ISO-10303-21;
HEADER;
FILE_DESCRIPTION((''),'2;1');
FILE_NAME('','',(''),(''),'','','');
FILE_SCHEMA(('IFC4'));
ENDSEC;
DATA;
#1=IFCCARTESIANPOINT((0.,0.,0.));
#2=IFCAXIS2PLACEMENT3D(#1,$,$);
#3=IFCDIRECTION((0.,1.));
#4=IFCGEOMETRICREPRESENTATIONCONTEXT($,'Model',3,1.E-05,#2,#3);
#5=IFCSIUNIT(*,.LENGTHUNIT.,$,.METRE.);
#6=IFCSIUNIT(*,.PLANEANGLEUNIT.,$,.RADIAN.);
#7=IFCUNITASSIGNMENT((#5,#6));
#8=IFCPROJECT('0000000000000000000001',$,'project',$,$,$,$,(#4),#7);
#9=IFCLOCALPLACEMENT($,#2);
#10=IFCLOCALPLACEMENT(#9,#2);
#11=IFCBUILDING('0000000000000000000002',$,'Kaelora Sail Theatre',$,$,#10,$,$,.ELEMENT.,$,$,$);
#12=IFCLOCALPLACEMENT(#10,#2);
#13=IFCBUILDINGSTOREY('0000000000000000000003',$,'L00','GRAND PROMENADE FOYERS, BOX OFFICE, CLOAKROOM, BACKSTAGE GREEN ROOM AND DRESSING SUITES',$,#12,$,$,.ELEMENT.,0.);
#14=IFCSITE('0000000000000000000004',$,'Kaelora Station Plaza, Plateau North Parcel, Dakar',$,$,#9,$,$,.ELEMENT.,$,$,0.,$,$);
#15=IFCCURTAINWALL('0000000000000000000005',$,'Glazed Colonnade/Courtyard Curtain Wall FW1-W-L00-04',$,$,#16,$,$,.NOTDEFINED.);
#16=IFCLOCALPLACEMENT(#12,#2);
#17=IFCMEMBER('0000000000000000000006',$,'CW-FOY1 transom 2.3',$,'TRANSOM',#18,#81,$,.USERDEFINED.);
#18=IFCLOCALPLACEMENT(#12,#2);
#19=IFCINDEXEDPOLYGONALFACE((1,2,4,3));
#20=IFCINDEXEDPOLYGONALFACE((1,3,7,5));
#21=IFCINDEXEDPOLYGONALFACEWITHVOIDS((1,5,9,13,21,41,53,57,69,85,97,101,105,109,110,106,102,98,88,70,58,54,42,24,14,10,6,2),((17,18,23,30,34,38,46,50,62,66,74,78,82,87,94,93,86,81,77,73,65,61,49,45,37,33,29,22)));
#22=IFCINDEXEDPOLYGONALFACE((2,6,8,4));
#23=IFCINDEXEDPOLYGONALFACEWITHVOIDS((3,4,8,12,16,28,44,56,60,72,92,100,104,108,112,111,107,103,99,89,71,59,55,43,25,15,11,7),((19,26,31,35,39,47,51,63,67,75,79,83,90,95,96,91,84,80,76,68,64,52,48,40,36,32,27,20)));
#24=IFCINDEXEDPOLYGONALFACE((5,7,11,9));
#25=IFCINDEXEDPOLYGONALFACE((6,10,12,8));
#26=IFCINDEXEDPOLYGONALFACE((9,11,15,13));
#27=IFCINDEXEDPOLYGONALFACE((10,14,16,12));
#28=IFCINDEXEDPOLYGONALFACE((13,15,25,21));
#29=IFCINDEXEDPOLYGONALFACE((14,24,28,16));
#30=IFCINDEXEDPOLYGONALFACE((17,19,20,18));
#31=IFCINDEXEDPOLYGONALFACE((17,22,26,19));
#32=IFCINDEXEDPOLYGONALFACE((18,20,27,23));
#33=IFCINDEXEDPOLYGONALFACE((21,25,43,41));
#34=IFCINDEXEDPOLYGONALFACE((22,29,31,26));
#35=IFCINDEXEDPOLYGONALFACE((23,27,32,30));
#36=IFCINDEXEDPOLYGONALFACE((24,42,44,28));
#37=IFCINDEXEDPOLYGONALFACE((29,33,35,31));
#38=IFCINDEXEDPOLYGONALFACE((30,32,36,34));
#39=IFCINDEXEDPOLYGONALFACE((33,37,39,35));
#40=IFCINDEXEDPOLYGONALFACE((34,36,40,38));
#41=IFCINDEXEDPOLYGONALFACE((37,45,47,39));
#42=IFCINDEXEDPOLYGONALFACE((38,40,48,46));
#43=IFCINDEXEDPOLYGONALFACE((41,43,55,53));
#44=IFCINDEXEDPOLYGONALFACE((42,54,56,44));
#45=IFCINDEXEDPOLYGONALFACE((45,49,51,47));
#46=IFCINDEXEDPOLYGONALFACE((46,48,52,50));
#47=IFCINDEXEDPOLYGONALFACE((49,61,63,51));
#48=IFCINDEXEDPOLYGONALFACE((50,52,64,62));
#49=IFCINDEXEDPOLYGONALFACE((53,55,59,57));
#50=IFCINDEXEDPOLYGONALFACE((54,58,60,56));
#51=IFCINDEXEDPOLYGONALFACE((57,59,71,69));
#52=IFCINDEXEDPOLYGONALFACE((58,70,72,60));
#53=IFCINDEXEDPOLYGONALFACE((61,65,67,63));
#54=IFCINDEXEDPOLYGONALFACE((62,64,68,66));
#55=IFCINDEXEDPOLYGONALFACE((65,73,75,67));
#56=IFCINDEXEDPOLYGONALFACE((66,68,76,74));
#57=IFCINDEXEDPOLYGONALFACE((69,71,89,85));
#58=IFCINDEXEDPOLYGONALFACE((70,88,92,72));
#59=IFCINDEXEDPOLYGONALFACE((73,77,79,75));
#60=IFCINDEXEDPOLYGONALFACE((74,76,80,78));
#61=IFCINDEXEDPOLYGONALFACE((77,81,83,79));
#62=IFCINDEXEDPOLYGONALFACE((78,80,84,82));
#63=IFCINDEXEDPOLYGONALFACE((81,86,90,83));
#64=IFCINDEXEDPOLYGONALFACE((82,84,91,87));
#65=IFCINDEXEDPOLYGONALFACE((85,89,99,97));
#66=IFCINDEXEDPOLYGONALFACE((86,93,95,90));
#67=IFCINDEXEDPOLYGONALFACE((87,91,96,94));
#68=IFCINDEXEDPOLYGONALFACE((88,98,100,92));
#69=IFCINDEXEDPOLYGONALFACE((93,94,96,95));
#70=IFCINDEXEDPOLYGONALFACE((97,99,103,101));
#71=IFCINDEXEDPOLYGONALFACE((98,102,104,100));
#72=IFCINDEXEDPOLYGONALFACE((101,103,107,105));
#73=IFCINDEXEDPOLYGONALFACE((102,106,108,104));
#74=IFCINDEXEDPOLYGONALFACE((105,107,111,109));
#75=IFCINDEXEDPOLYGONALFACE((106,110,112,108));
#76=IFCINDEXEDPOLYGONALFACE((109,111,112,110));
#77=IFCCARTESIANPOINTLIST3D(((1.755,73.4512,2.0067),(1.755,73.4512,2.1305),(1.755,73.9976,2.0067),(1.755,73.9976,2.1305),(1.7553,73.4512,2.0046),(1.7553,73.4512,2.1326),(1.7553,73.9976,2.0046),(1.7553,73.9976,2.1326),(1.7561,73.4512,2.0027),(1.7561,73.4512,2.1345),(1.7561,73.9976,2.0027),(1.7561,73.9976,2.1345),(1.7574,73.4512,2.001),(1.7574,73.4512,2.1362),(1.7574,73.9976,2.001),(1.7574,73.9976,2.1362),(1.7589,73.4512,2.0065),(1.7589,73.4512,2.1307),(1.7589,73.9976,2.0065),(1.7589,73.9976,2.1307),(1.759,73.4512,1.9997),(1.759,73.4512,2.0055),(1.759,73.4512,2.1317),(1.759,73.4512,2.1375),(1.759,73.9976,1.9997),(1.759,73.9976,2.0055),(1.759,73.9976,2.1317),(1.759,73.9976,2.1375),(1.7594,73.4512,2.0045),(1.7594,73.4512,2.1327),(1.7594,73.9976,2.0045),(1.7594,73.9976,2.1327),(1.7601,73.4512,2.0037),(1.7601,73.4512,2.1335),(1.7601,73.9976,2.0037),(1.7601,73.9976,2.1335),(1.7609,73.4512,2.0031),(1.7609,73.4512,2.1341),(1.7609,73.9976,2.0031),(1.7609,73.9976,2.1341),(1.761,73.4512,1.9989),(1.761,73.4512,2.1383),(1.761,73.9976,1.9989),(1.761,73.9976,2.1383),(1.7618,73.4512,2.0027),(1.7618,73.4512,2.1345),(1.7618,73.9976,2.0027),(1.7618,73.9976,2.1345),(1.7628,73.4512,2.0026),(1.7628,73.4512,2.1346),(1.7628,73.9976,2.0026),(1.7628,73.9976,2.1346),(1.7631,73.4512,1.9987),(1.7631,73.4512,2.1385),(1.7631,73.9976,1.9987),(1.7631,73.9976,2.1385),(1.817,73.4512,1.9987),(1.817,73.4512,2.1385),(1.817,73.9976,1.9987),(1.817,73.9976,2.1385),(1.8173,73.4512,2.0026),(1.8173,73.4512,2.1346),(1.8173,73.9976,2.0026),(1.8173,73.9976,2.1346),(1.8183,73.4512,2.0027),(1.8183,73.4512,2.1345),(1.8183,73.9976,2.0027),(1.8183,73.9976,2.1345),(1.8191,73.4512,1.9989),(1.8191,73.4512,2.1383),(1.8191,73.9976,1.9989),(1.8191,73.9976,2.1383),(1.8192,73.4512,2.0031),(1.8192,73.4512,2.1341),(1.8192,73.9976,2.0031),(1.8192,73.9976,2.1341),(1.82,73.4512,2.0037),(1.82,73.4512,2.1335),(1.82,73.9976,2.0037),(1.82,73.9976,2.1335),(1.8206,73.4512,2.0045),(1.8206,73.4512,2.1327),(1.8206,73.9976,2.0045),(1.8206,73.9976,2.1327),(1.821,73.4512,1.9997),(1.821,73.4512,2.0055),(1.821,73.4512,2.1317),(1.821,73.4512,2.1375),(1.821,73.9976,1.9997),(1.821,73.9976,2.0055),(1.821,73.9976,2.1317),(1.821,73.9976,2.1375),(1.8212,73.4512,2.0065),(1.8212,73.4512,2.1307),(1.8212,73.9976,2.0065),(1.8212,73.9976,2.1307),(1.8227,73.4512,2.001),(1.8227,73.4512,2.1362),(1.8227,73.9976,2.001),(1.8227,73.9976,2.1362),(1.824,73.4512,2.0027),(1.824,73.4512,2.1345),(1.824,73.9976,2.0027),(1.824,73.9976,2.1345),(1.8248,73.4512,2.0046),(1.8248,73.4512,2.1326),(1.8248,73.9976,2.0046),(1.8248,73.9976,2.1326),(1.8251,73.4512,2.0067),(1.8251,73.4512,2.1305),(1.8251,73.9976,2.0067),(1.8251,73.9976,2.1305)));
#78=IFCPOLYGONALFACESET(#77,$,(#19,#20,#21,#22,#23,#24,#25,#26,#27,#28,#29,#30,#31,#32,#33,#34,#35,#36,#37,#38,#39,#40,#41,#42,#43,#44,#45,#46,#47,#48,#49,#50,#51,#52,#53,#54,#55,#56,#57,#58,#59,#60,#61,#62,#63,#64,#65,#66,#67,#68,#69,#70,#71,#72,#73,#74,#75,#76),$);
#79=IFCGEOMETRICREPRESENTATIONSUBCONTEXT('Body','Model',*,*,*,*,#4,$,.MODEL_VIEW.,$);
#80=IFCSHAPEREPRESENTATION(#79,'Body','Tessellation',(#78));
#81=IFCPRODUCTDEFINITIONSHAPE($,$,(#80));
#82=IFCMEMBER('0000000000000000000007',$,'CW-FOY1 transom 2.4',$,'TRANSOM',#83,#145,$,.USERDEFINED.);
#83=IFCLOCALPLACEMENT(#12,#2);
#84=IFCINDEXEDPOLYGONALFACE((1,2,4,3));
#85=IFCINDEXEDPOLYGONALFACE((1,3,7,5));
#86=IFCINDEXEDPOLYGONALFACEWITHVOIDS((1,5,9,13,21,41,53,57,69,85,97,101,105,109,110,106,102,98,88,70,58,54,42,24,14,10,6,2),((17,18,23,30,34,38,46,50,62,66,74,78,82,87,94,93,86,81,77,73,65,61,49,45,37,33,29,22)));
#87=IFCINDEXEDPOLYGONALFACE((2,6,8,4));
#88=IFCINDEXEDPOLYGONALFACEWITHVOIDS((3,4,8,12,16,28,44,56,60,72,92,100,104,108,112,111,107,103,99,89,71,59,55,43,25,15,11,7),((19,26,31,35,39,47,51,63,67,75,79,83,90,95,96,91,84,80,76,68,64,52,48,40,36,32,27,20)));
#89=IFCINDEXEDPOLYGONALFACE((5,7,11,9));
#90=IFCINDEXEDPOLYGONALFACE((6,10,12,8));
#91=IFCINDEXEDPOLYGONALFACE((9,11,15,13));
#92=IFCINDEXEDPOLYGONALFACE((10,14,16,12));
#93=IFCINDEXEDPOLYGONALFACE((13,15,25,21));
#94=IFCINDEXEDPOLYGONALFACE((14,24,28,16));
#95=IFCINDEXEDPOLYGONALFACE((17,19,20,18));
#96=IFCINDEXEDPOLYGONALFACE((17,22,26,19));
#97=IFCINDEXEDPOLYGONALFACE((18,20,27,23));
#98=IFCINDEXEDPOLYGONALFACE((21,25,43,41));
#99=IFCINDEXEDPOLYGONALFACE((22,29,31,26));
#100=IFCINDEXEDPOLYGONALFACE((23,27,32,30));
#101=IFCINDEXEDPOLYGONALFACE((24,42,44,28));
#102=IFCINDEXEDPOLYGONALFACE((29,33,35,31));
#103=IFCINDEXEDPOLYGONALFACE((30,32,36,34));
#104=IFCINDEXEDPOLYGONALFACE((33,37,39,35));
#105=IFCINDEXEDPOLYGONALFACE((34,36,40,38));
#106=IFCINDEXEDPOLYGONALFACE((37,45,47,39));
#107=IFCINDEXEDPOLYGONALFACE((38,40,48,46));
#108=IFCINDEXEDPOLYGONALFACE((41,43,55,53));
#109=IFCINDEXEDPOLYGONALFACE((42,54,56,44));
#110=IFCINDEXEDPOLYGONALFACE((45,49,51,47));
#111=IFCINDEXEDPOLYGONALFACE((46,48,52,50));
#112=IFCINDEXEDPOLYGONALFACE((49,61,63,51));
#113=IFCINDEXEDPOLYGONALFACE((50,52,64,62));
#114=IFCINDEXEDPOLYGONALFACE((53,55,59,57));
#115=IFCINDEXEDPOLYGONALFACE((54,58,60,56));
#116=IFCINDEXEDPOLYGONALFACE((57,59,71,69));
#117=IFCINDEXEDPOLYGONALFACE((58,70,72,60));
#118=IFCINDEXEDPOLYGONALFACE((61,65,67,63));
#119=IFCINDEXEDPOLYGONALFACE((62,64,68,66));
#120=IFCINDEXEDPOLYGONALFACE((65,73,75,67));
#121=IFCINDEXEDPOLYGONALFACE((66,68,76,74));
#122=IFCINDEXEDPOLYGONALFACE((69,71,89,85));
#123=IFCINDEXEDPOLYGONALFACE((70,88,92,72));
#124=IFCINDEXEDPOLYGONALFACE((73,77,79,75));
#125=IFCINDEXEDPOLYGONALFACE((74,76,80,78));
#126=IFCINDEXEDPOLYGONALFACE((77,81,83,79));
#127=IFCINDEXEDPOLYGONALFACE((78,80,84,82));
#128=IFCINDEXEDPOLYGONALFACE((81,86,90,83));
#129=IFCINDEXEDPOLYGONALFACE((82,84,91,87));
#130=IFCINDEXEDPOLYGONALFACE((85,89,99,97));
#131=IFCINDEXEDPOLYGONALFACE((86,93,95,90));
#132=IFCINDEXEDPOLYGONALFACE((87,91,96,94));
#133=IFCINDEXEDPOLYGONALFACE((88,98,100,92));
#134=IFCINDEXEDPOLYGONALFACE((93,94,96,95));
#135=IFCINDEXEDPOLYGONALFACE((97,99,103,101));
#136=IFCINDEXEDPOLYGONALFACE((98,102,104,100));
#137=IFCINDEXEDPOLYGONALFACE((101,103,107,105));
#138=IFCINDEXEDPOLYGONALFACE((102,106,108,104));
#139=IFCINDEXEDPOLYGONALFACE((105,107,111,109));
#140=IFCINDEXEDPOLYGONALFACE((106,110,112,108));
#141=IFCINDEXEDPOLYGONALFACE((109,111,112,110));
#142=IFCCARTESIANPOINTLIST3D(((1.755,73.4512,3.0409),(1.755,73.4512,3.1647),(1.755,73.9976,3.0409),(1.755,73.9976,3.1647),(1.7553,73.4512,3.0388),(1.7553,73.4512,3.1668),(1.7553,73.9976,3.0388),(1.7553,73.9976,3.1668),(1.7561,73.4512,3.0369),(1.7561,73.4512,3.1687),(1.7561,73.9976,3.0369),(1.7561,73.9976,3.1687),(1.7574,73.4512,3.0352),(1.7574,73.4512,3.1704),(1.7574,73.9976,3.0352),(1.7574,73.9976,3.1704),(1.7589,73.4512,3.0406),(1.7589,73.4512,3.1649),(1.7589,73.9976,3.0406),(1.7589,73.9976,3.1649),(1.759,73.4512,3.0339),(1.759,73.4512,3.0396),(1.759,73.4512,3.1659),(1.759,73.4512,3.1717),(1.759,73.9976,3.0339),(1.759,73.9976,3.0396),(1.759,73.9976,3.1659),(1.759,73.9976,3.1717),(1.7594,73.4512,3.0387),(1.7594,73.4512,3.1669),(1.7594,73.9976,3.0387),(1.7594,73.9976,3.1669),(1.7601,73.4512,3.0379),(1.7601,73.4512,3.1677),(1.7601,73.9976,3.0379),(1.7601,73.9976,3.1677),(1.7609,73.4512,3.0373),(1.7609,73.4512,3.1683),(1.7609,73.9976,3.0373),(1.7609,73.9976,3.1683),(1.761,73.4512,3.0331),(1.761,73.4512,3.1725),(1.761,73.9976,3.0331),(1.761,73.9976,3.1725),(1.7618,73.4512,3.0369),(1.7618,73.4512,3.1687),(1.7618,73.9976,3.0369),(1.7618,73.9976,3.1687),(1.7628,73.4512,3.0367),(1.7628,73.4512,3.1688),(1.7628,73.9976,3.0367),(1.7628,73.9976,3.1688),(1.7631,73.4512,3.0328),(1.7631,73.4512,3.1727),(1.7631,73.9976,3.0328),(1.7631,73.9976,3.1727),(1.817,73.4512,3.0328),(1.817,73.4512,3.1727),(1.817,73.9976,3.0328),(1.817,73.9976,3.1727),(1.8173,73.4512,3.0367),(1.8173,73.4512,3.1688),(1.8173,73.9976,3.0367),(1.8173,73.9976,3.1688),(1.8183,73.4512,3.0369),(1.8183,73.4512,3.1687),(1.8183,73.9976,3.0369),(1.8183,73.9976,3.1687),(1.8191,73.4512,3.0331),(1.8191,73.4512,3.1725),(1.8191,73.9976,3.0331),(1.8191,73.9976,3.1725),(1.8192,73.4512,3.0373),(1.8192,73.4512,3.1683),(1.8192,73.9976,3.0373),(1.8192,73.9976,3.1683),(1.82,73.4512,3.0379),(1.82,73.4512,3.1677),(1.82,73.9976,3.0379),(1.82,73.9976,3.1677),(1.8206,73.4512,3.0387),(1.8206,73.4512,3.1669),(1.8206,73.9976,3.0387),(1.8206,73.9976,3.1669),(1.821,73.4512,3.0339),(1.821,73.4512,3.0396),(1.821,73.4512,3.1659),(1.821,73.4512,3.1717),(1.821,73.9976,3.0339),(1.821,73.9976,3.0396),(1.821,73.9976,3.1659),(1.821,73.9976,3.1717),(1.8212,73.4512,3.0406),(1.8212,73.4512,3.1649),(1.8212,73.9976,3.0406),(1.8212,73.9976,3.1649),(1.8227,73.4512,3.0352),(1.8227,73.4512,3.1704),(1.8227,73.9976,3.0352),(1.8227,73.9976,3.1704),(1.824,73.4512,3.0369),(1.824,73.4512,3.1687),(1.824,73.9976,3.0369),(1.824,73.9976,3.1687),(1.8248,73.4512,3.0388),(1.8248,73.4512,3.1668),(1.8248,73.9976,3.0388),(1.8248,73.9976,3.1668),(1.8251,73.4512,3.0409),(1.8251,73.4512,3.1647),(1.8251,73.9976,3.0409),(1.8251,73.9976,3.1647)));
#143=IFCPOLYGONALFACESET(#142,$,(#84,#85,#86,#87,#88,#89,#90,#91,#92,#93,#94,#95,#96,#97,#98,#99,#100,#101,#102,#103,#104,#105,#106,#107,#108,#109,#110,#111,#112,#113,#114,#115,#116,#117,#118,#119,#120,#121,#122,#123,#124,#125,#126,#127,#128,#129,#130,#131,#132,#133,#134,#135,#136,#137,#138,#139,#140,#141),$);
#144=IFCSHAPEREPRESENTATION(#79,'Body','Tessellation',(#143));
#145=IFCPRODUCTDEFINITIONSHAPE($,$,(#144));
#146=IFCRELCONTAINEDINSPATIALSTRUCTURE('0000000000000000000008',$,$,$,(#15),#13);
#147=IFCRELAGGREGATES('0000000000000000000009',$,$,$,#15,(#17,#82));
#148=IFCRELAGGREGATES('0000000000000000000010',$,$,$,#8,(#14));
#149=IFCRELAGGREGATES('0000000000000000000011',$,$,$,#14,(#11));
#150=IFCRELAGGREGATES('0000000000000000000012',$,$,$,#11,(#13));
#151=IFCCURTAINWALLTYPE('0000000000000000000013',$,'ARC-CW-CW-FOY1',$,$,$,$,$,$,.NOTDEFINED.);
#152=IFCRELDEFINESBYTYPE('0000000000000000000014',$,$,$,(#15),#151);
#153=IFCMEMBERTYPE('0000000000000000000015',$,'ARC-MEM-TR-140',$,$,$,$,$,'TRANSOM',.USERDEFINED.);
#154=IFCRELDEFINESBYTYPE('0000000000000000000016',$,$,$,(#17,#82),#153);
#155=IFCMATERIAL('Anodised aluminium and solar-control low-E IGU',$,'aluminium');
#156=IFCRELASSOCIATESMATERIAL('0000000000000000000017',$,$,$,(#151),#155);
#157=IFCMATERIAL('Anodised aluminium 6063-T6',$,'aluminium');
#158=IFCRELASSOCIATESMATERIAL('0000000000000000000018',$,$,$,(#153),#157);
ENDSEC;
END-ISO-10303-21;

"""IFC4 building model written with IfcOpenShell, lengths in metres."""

from ifc_helpers import new_model, si_unit, direction, frame, origin, origin_2d, place, context, subcontext, project, spatial, hollow_rectangle, extrude, material, material_profile, profile_set, type_object, element, aggregate, save


model = new_model("IFC4")

# Units and contexts
model_context = context("Model", 3, precision=1e-05, world=origin(), true_north=direction((0.0, 1.0)))
body_context = subcontext(model_context, "Body", "Model", "MODEL_VIEW")
ifc_project = project(units=[si_unit("LENGTHUNIT", "METRE"), si_unit("PLANEANGLEUNIT", "RADIAN")], contexts=[model_context])

# Site, building, storey
site_placement = place(None, origin())
site = spatial("IfcSite", under=ifc_project, at=site_placement, Name="Kaelora Station Plaza, Plateau North Parcel, Dakar", CompositionType="ELEMENT", RefElevation=0.0)
building_placement = place(site_placement, origin())
building = spatial("IfcBuilding", under=site, at=building_placement, Name="Kaelora Sail Theatre", CompositionType="ELEMENT")
storey_placement = place(building_placement, origin())
storey = spatial("IfcBuildingStorey", under=building, at=storey_placement, Name="L00", Description="GRAND PROMENADE FOYERS, BOX OFFICE, CLOAKROOM, BACKSTAGE GREEN ROOM AND DRESSING SUITES", CompositionType="ELEMENT", Elevation=0.0)

# Curtain wall, members
ifc_material_1 = material(Name="Anodised aluminium and solar-control low-E IGU", Category="aluminium")
curtain_wall_type = type_object("IfcCurtainWallType", Name="ARC-CW-CW-FOY1", PredefinedType="NOTDEFINED", material=ifc_material_1)
ifc_material_2 = material(Name="Anodised aluminium 6063-T6", Category="aluminium")
ifc_material_profile = material_profile(ifc_material_2, hollow_rectangle(XDim=0.0701, YDim=0.1399, WallThickness=0.0039, InnerFilletRadius=0.0039, OuterFilletRadius=0.0081, at=origin_2d()), Name="ALU-TRAN 70x140x4")
ifc_profile_set = profile_set([ifc_material_profile], Name="Anodised aluminium 6063-T6")
member_type = type_object("IfcMemberType", Name="ARC-MEM-TR-140", ElementType="TRANSOM", PredefinedType="USERDEFINED", material=ifc_profile_set)
curtain_wall_1_placement = place(storey_placement, origin())
curtain_wall_1 = element("IfcCurtainWall", 1, at=curtain_wall_1_placement, inside=storey, type_object=curtain_wall_type, Name="Glazed Colonnade/Courtyard Curtain Wall FW1-W-L00-04", PredefinedType="NOTDEFINED")
member_1_placement = place(storey_placement, frame((1.79, 73.4512, 2.0686), z_axis=(0.0, 1.0, 0.0), x_axis=(-1.0, 0.0, 0.0)))
member_1 = element("IfcMember", 2, at=member_1_placement, type_object=member_type, Name="CW-FOY1 transom 2.3", ObjectType="TRANSOM", PredefinedType="USERDEFINED", context=body_context, shape_type="SweptSolid", body=[
    extrude(hollow_rectangle(XDim=0.0701, YDim=0.1399, WallThickness=0.0039, InnerFilletRadius=0.0039, OuterFilletRadius=0.0081, at=origin_2d()), origin(), (0.0, 0.0, 1.0), 0.5464),
])
member_2_placement = place(storey_placement, frame((1.79, 73.4512, 3.1028), z_axis=(0.0, 1.0, 0.0), x_axis=(-1.0, 0.0, 0.0)))
member_2 = element("IfcMember", 3, at=member_2_placement, type_object=member_type, Name="CW-FOY1 transom 2.4", ObjectType="TRANSOM", PredefinedType="USERDEFINED", context=body_context, shape_type="SweptSolid", body=[
    extrude(hollow_rectangle(XDim=0.0701, YDim=0.1399, WallThickness=0.0039, InnerFilletRadius=0.0039, OuterFilletRadius=0.0081, at=origin_2d()), origin(), (0.0, 0.0, 1.0), 0.5464),
])

aggregate(curtain_wall_1, [member_1, member_2])

save(model, "model.ifc")
